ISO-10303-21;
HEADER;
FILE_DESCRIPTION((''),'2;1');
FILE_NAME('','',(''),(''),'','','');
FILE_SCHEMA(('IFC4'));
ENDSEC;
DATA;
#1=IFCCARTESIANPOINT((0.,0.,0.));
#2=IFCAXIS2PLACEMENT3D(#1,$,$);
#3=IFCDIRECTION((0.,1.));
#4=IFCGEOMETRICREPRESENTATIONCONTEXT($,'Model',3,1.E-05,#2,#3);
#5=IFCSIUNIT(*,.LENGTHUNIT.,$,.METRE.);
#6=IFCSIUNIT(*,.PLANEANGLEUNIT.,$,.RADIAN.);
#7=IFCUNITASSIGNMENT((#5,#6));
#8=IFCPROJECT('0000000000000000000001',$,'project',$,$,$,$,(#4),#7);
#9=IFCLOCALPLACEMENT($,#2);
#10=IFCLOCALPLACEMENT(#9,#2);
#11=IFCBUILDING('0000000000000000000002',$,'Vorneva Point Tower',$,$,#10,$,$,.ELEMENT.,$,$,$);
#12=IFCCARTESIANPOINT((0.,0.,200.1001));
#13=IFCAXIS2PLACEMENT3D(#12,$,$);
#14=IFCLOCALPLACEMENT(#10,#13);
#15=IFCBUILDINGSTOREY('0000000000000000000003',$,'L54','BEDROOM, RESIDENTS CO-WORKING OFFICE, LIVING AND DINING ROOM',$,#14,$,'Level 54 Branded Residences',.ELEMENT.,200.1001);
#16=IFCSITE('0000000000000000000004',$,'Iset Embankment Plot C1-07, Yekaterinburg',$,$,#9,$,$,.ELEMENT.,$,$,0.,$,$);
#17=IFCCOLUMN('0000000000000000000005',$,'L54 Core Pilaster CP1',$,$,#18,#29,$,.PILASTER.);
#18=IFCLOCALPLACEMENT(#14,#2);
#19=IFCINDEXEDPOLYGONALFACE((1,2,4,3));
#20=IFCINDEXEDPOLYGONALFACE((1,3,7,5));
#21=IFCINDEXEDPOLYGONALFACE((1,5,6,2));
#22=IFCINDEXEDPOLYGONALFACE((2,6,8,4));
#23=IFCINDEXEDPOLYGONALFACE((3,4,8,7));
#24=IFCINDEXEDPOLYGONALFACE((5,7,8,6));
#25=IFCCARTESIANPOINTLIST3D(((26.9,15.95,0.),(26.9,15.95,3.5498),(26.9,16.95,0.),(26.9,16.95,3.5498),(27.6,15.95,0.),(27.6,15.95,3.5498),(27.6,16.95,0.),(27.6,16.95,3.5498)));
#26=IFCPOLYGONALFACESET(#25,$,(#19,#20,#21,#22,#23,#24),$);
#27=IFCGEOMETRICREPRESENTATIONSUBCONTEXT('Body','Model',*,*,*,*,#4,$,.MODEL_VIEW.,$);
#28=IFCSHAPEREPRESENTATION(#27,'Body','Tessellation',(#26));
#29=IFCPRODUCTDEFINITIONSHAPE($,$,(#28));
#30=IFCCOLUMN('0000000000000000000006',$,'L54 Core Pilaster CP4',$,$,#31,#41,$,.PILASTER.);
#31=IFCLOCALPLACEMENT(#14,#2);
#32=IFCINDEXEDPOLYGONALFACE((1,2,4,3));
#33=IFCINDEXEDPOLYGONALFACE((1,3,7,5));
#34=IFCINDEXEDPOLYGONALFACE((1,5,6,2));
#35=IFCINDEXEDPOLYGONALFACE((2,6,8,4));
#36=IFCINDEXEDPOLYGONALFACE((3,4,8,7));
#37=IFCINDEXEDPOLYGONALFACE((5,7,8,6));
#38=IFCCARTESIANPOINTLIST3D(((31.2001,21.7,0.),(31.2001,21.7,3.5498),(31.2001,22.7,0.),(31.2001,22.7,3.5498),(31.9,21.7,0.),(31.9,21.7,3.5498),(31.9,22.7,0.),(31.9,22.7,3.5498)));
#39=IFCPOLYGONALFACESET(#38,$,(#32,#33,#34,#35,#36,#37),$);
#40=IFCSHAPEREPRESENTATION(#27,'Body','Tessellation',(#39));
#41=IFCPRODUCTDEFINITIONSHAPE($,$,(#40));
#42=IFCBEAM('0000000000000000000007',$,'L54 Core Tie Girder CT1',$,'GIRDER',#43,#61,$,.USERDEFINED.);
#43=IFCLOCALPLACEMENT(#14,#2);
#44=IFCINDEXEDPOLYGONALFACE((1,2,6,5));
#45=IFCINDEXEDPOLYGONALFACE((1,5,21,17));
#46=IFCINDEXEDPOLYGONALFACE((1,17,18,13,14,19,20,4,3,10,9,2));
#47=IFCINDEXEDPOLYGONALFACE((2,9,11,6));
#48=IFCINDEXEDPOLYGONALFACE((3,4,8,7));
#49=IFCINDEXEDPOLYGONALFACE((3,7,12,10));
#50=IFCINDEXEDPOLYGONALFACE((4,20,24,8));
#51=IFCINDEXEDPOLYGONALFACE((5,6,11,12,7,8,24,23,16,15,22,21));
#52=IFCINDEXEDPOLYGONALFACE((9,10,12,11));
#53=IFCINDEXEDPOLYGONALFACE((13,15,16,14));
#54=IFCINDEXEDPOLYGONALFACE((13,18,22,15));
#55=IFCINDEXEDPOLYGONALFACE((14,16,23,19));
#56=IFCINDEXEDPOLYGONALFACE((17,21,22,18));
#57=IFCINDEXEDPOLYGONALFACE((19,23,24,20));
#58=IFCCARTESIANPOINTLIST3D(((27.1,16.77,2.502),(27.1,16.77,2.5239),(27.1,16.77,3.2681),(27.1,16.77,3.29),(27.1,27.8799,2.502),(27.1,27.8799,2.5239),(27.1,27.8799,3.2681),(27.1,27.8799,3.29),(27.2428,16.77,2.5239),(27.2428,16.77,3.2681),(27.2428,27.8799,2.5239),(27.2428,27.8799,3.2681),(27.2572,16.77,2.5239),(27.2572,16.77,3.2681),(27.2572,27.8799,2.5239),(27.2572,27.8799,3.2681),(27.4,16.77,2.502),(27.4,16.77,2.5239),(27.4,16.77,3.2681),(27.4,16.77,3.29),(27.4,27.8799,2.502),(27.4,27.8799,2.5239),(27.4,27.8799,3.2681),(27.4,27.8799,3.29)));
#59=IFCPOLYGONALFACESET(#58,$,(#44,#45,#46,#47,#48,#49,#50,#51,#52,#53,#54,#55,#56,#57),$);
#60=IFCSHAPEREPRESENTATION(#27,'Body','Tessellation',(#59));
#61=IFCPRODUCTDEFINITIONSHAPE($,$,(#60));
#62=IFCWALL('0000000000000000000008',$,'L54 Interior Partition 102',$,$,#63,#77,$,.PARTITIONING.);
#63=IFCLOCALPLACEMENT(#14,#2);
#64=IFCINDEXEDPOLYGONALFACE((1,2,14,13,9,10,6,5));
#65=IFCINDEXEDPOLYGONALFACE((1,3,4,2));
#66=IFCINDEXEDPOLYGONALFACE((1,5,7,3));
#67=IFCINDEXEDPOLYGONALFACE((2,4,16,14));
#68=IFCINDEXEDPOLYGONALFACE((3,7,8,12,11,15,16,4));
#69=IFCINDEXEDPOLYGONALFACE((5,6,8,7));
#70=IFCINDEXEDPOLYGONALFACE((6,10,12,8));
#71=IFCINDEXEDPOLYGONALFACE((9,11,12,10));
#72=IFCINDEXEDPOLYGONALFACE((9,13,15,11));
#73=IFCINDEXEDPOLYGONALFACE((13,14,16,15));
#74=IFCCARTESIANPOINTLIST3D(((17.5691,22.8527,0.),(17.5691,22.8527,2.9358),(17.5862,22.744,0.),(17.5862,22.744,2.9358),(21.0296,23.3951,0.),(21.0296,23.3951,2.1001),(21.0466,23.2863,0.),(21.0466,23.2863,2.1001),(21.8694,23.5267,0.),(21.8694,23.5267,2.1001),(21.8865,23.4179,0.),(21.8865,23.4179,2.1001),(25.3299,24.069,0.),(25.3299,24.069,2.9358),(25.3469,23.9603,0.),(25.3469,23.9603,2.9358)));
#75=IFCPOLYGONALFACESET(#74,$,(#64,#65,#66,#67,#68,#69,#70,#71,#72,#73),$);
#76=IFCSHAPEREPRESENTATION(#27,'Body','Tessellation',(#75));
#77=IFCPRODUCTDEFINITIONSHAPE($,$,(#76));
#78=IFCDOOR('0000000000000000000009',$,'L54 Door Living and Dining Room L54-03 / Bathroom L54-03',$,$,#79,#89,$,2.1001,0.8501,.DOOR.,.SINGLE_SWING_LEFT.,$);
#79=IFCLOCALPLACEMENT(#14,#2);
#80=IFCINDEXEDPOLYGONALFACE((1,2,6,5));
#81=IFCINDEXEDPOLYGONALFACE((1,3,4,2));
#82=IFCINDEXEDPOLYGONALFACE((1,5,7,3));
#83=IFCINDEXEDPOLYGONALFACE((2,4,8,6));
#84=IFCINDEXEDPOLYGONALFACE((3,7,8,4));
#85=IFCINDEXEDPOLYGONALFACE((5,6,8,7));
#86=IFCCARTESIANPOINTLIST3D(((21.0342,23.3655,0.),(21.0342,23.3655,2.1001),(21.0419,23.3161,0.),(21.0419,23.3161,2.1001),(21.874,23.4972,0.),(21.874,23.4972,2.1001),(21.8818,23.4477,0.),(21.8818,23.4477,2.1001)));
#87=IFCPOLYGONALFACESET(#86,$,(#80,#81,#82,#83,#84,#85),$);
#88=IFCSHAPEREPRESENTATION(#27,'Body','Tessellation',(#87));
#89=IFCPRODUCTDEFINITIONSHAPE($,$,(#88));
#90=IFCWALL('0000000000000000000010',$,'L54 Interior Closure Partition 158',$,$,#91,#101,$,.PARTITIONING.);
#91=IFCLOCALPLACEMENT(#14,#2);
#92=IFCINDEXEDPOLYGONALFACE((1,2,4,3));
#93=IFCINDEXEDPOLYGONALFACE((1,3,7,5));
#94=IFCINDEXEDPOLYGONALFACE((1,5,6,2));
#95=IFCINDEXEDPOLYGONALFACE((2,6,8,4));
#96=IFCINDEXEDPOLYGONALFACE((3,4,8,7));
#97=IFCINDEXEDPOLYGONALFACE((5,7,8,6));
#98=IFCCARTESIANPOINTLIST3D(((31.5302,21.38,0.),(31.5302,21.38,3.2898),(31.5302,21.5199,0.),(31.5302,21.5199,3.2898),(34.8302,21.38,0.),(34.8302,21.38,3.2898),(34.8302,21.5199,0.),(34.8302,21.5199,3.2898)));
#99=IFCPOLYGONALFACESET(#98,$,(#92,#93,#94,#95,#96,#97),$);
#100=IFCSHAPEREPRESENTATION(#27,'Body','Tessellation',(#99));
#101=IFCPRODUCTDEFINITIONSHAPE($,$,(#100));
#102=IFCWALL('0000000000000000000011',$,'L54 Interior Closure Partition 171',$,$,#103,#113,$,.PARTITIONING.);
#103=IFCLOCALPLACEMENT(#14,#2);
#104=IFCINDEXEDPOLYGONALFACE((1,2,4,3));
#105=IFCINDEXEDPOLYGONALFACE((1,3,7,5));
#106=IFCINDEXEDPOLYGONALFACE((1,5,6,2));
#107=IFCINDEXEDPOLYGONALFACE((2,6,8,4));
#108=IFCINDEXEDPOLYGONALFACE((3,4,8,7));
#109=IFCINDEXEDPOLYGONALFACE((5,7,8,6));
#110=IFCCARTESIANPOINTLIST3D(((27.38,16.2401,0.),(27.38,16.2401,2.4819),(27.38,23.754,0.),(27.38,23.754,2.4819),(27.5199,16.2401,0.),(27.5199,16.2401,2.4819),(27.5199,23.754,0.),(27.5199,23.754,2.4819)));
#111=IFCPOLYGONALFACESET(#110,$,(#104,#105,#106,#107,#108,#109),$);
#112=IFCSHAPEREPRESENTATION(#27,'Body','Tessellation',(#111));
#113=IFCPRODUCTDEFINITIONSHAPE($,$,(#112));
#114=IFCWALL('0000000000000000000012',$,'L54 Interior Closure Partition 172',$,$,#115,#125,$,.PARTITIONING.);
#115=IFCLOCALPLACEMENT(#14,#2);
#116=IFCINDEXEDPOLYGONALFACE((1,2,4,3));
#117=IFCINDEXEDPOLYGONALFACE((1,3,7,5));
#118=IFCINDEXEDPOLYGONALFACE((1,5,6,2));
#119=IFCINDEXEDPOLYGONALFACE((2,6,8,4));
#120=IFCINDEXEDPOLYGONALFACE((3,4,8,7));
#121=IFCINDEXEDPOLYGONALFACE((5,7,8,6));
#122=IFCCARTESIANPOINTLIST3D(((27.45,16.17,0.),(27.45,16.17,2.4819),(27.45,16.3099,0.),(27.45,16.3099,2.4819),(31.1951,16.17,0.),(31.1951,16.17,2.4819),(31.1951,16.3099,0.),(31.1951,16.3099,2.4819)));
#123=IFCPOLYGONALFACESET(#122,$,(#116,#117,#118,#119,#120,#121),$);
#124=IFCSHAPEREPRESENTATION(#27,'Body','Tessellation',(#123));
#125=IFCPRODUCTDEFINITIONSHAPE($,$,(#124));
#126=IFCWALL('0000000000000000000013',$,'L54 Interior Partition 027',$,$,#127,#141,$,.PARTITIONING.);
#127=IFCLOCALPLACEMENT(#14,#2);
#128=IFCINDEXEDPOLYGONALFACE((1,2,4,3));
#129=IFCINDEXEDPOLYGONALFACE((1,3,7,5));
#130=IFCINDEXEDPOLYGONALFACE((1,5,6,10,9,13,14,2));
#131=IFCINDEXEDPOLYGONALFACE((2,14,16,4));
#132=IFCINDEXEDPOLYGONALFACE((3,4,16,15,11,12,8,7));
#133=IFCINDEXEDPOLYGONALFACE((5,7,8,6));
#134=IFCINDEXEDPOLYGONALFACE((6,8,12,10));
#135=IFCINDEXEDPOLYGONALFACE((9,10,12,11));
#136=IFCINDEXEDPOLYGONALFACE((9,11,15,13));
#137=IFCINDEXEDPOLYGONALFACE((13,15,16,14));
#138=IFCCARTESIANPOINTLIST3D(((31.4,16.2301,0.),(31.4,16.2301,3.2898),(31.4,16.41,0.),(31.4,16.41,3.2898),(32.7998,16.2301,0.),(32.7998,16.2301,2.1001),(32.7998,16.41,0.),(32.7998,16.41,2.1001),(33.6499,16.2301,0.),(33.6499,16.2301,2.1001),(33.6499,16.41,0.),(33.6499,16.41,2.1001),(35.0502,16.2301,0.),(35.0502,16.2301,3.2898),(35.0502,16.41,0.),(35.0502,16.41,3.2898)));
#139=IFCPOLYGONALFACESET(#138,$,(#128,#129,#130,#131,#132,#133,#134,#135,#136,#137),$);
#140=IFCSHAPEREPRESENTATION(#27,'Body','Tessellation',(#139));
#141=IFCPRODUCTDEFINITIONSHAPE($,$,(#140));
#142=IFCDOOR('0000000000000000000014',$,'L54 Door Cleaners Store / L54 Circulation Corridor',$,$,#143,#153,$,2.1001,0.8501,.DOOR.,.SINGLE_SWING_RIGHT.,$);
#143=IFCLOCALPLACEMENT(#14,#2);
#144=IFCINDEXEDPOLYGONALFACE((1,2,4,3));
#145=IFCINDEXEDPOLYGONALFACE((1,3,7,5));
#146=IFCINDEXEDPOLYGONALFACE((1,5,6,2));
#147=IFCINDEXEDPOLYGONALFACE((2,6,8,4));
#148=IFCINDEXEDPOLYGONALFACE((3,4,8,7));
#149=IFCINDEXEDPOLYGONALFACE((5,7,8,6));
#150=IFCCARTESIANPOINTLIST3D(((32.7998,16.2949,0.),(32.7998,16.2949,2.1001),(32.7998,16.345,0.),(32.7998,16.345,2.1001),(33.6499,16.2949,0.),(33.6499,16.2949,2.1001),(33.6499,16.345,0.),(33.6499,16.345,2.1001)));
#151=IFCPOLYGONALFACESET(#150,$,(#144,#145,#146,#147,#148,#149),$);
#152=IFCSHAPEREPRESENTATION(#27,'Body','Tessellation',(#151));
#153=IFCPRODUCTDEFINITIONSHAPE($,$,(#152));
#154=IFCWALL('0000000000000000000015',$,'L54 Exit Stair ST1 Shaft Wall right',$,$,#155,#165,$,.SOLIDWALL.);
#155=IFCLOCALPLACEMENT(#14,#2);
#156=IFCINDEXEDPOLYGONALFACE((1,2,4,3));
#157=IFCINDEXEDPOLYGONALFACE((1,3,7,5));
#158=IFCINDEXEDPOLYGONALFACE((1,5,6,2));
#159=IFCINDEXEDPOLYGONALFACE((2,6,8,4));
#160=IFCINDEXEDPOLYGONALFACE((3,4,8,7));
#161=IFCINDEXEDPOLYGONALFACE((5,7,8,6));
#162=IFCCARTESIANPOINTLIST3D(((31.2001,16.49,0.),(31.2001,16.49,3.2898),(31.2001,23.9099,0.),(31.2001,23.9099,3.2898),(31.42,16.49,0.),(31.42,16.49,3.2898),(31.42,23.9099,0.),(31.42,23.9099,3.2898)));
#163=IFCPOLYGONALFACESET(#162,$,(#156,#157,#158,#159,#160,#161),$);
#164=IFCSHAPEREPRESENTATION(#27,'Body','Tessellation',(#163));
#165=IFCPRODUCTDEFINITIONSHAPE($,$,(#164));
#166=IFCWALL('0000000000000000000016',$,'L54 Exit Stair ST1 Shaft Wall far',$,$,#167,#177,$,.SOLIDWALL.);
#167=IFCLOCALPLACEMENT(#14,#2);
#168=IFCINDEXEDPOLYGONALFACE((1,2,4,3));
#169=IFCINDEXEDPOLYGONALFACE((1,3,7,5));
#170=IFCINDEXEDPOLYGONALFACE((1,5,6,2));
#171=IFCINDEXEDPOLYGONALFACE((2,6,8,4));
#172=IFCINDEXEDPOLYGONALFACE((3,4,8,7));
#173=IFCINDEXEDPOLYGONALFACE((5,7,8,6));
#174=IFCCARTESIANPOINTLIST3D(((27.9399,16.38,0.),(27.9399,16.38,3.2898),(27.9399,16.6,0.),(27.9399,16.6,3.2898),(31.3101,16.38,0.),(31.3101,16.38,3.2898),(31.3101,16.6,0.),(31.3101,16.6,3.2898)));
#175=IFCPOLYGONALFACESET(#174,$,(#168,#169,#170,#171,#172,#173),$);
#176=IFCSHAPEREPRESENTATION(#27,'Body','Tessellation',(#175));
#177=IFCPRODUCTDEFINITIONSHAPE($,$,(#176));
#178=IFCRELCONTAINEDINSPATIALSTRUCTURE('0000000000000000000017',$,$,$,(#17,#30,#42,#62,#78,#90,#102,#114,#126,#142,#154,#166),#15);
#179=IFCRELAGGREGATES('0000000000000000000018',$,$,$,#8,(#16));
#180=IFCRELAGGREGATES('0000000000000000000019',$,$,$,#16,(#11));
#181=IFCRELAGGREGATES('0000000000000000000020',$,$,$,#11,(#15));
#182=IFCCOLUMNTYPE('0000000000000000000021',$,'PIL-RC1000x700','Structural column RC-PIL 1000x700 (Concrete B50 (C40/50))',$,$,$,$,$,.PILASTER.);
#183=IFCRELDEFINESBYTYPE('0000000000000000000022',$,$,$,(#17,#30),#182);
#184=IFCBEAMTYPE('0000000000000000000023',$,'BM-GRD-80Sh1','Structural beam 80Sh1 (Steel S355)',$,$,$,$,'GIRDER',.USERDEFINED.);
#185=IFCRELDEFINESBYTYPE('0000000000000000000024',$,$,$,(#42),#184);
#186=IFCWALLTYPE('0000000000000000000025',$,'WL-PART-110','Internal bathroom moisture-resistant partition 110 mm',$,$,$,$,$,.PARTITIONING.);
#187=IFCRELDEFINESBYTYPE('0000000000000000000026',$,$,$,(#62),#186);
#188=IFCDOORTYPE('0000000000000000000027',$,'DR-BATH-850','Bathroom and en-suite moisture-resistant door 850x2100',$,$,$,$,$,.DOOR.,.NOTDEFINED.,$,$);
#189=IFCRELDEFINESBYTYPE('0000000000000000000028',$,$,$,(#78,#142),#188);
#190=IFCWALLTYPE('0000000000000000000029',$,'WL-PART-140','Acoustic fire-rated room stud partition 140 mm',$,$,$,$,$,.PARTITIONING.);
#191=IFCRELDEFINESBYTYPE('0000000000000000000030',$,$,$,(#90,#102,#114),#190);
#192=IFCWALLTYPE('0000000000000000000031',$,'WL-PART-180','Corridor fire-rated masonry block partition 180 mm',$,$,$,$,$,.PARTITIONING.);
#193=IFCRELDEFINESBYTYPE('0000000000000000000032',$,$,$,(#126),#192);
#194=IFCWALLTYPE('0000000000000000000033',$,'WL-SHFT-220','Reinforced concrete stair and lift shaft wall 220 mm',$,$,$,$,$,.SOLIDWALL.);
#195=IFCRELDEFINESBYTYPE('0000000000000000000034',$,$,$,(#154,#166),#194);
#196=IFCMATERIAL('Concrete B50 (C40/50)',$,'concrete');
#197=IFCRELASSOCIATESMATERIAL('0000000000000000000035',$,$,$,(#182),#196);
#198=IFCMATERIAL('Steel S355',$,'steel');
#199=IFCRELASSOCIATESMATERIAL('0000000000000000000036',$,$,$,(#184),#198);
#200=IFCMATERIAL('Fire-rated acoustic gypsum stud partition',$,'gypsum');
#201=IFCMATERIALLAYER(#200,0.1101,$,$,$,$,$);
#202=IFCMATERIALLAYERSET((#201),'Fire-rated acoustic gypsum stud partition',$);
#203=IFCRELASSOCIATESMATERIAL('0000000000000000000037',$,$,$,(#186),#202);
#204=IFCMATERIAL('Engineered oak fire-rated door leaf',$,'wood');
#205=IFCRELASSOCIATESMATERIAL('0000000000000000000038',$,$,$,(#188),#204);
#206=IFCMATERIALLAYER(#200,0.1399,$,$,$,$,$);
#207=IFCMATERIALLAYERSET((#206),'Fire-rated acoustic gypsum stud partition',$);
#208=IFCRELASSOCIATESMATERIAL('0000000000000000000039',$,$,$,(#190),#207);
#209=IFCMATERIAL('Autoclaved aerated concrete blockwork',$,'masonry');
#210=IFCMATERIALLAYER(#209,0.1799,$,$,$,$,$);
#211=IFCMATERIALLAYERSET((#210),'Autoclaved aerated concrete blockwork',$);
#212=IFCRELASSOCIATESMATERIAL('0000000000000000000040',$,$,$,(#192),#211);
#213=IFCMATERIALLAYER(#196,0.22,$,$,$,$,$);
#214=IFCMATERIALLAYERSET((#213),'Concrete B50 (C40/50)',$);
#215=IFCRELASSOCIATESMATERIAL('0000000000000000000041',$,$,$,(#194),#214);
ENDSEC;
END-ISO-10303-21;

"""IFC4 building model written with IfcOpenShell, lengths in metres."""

from ifc_helpers import new_model, si_unit, direction, frame, frame_2d, origin, origin_2d, place, context, subcontext, project, spatial, rectangle, i_section, extrude, material, layer, layer_set, material_profile, profile_set, type_object, element, fill, save


model = new_model("IFC4")

# Units and contexts
model_context = context("Model", 3, precision=1e-05, world=origin(), true_north=direction((0.0, 1.0)))
body_context = subcontext(model_context, "Body", "Model", "MODEL_VIEW")
ifc_project = project(units=[si_unit("LENGTHUNIT", "METRE"), si_unit("PLANEANGLEUNIT", "RADIAN")], contexts=[model_context])

# Site, building, storey
site_placement = place(None, origin())
site = spatial("IfcSite", under=ifc_project, at=site_placement, Name="Iset Embankment Plot C1-07, Yekaterinburg", CompositionType="ELEMENT", RefElevation=0.0)
building_placement = place(site_placement, origin())
building = spatial("IfcBuilding", under=site, at=building_placement, Name="Vorneva Point Tower", CompositionType="ELEMENT")
storey_placement = place(building_placement, frame((0.0, 0.0, 200.1001)))
storey = spatial("IfcBuildingStorey", under=building, at=storey_placement, Name="L54", Description="BEDROOM, RESIDENTS CO-WORKING OFFICE, LIVING AND DINING ROOM", LongName="Level 54 Branded Residences", CompositionType="ELEMENT", Elevation=200.1001)

# Columns
ifc_material_1 = material(Name="Concrete B50 (C40/50)", Category="concrete")
ifc_material_profile_1 = material_profile(ifc_material_1, rectangle(XDim=0.7, YDim=1.0, at=origin_2d()), Name="RC-PIL 1000x700")
ifc_profile_set_1 = profile_set([ifc_material_profile_1], Name="Concrete B50 (C40/50)")
column_type = type_object("IfcColumnType", Name="PIL-RC1000x700", Description="Structural column RC-PIL 1000x700 (Concrete B50 (C40/50))", PredefinedType="PILASTER", material=ifc_profile_set_1)
for number, where, z_axis, x_axis, name in (
    (1, (27.25, 16.45, 0.0), (0.0, 0.0, 1.0), (1.0, 0.0, 0.0), "L54 Core Pilaster CP1"),
    (2, (31.55, 22.2, 0.0), (0.0, 0.0, 1.0), (1.0, 0.0, 0.0), "L54 Core Pilaster CP4"),
):
    element("IfcColumn", number, at=place(storey_placement, frame(where, z_axis=z_axis, x_axis=x_axis)), inside=storey, type_object=column_type, Name=name, PredefinedType="PILASTER", context=body_context, shape_type="SweptSolid", body=[
        extrude(rectangle(XDim=0.7, YDim=1.0, at=origin_2d()), origin(), (0.0, 0.0, 1.0), 3.5498),
    ])

# Beam
ifc_material_2 = material(Name="Steel S355", Category="steel")
ifc_material_profile_2 = material_profile(ifc_material_2, i_section(OverallWidth=0.3, OverallDepth=0.7881, WebThickness=0.0144, FlangeThickness=0.022, at=origin_2d()), Name="80Sh1")
ifc_profile_set_2 = profile_set([ifc_material_profile_2], Name="Steel S355")
beam_type = type_object("IfcBeamType", Name="BM-GRD-80Sh1", Description="Structural beam 80Sh1 (Steel S355)", ElementType="GIRDER", PredefinedType="USERDEFINED", material=ifc_profile_set_2)
beam_placement = place(storey_placement, frame((27.25, 16.77, 2.896), z_axis=(0.0, 1.0, 0.0), x_axis=(-1.0, 0.0, 0.0)))
element("IfcBeam", 3, at=beam_placement, inside=storey, type_object=beam_type, Name="L54 Core Tie Girder CT1", ObjectType="GIRDER", PredefinedType="USERDEFINED", context=body_context, shape_type="SweptSolid", body=[
    extrude(i_section(OverallWidth=0.3, OverallDepth=0.7881, WebThickness=0.0144, FlangeThickness=0.022, at=origin_2d()), origin(), (0.0, 0.0, 1.0), 11.1099),
])

# Wall, opening, door
ifc_material_3 = material(Name="Fire-rated acoustic gypsum stud partition", Category="gypsum")
ifc_layer_1 = layer(ifc_material_3, 0.1101)
ifc_layer_set_1 = layer_set([ifc_layer_1], Name="Fire-rated acoustic gypsum stud partition")
wall_type_1 = type_object("IfcWallType", Name="WL-PART-110", Description="Internal bathroom moisture-resistant partition 110 mm", PredefinedType="PARTITIONING", material=ifc_layer_set_1)
wall_1_placement = place(storey_placement, frame((25.3384, 24.0146, 0.0), z_axis=(0.0, 0.0, 1.0), x_axis=(-0.98794, -0.154836, 0.0)))
wall_1 = element("IfcWall", 4, at=wall_1_placement, inside=storey, type_object=wall_type_1, Name="L54 Interior Partition 102", PredefinedType="PARTITIONING", context=body_context, shape_type="SweptSolid", body=[
    extrude(rectangle(XDim=7.8555, YDim=0.1101, at=frame_2d((3.9277, 0.0))), origin(), (0.0, 0.0, 1.0), 2.9358),
])
opening_1_placement = place(wall_1_placement, frame((3.5027, 0.0, 0.0)))
opening_1 = element("IfcOpeningElement", 5, at=opening_1_placement, cuts=wall_1, PredefinedType="OPENING", context=body_context, shape_type="SweptSolid", body=[
    extrude(rectangle(XDim=0.8501, YDim=2.1001, at=frame_2d((0.425, 1.05))), frame((0.0, 0.0698, 0.0), z_axis=(0.0, -1.0, 0.0), x_axis=(1.0, 0.0, 0.0)), (0.0, 0.0, 1.0), 0.1399),
])
ifc_material_4 = material(Name="Engineered oak fire-rated door leaf", Category="wood")
door_type_1 = type_object("IfcDoorType", Name="DR-BATH-850", Description="Bathroom and en-suite moisture-resistant door 850x2100", OperationType="NOTDEFINED", PredefinedType="DOOR", material=ifc_material_4)
door_1_placement = place(opening_1_placement, origin())
door_1 = element("IfcDoor", 6, at=door_1_placement, inside=storey, type_object=door_type_1, Name="L54 Door Living and Dining Room L54-03 / Bathroom L54-03", OperationType="SINGLE_SWING_LEFT", OverallHeight=2.1001, OverallWidth=0.8501, PredefinedType="DOOR", context=body_context, shape_type="SweptSolid", body=[
    extrude(rectangle(XDim=0.8501, YDim=2.1001, at=frame_2d((0.425, 1.05))), frame((0.0, 0.0249, 0.0), z_axis=(0.0, -1.0, 0.0), x_axis=(1.0, 0.0, 0.0)), (0.0, 0.0, 1.0), 0.05),
])
fill(opening_1, door_1)

# Walls
ifc_layer_2 = layer(ifc_material_3, 0.1399)
ifc_layer_set_2 = layer_set([ifc_layer_2], Name="Fire-rated acoustic gypsum stud partition")
wall_type_2 = type_object("IfcWallType", Name="WL-PART-140", Description="Acoustic fire-rated room stud partition 140 mm", PredefinedType="PARTITIONING", material=ifc_layer_set_2)
wall_2_placement = place(storey_placement, frame((34.8301, 21.45, 0.0), z_axis=(0.0, 0.0, 1.0), x_axis=(-1.0, 0.0, 0.0)))
element("IfcWall", 7, at=wall_2_placement, inside=storey, type_object=wall_type_2, Name="L54 Interior Closure Partition 158", PredefinedType="PARTITIONING", context=body_context, shape_type="SweptSolid", body=[
    extrude(rectangle(XDim=3.3, YDim=0.1399, at=frame_2d((1.6499, 0.0))), origin(), (0.0, 0.0, 1.0), 3.2898),
])
wall_3_placement = place(storey_placement, frame((27.45, 23.7539, 0.0), z_axis=(0.0, 0.0, 1.0), x_axis=(0.0, -1.0, 0.0)))
element("IfcWall", 8, at=wall_3_placement, inside=storey, type_object=wall_type_2, Name="L54 Interior Closure Partition 171", PredefinedType="PARTITIONING", context=body_context, shape_type="SweptSolid", body=[
    extrude(rectangle(XDim=7.5139, YDim=0.1399, at=frame_2d((3.7568, 0.0))), origin(), (0.0, 0.0, 1.0), 2.4819),
])
wall_4_placement = place(storey_placement, frame((27.45, 16.24, 0.0), z_axis=(0.0, 0.0, 1.0), x_axis=(1.0, 0.0, 0.0)))
element("IfcWall", 9, at=wall_4_placement, inside=storey, type_object=wall_type_2, Name="L54 Interior Closure Partition 172", PredefinedType="PARTITIONING", context=body_context, shape_type="SweptSolid", body=[
    extrude(rectangle(XDim=3.7451, YDim=0.1399, at=frame_2d((1.8726, 0.0))), origin(), (0.0, 0.0, 1.0), 2.4819),
])

# Wall, opening, door
ifc_material_5 = material(Name="Autoclaved aerated concrete blockwork", Category="masonry")
ifc_layer_3 = layer(ifc_material_5, 0.1799)
ifc_layer_set_3 = layer_set([ifc_layer_3], Name="Autoclaved aerated concrete blockwork")
wall_type_3 = type_object("IfcWallType", Name="WL-PART-180", Description="Corridor fire-rated masonry block partition 180 mm", PredefinedType="PARTITIONING", material=ifc_layer_set_3)
wall_5_placement = place(storey_placement, frame((31.3999, 16.3201, 0.0), z_axis=(0.0, 0.0, 1.0), x_axis=(1.0, 0.0, 0.0)))
wall_5 = element("IfcWall", 10, at=wall_5_placement, inside=storey, type_object=wall_type_3, Name="L54 Interior Partition 027", PredefinedType="PARTITIONING", context=body_context, shape_type="SweptSolid", body=[
    extrude(rectangle(XDim=3.6501, YDim=0.1799, at=frame_2d((1.8252, 0.0))), origin(), (0.0, 0.0, 1.0), 3.2898),
])
opening_2_placement = place(wall_5_placement, frame((1.3999, 0.0, 0.0)))
opening_2 = element("IfcOpeningElement", 11, at=opening_2_placement, cuts=wall_5, PredefinedType="OPENING", context=body_context, shape_type="SweptSolid", body=[
    extrude(rectangle(XDim=0.8501, YDim=2.1001, at=frame_2d((0.425, 1.05))), frame((0.0, 0.105, 0.0), z_axis=(0.0, -1.0, 0.0), x_axis=(1.0, 0.0, 0.0)), (0.0, 0.0, 1.0), 0.2097),
])
door_2_placement = place(opening_2_placement, origin())
door_2 = element("IfcDoor", 12, at=door_2_placement, inside=storey, type_object=door_type_1, Name="L54 Door Cleaners Store / L54 Circulation Corridor", OperationType="SINGLE_SWING_RIGHT", OverallHeight=2.1001, OverallWidth=0.8501, PredefinedType="DOOR", context=body_context, shape_type="SweptSolid", body=[
    extrude(rectangle(XDim=0.8501, YDim=2.1001, at=frame_2d((0.425, 1.05))), frame((0.0, 0.0249, 0.0), z_axis=(0.0, -1.0, 0.0), x_axis=(1.0, 0.0, 0.0)), (0.0, 0.0, 1.0), 0.05),
])
fill(opening_2, door_2)
ifc_layer_4 = layer(ifc_material_1, 0.22)
ifc_layer_set_4 = layer_set([ifc_layer_4], Name="Concrete B50 (C40/50)")
wall_type_4 = type_object("IfcWallType", Name="WL-SHFT-220", Description="Reinforced concrete stair and lift shaft wall 220 mm", PredefinedType="SOLIDWALL", material=ifc_layer_set_4)

# Walls
wall_6_placement = place(storey_placement, frame((31.3101, 23.9099, 0.0), z_axis=(0.0, 0.0, 1.0), x_axis=(0.0, -1.0, 0.0)))
element("IfcWall", 13, at=wall_6_placement, inside=storey, type_object=wall_type_4, Name="L54 Exit Stair ST1 Shaft Wall right", PredefinedType="SOLIDWALL", context=body_context, shape_type="SweptSolid", body=[
    extrude(rectangle(XDim=7.4199, YDim=0.22, at=frame_2d((3.71, 0.0))), origin(), (0.0, 0.0, 1.0), 3.2898),
])
wall_7_placement = place(storey_placement, frame((31.3101, 16.49, 0.0), z_axis=(0.0, 0.0, 1.0), x_axis=(-1.0, 0.0, 0.0)))
element("IfcWall", 14, at=wall_7_placement, inside=storey, type_object=wall_type_4, Name="L54 Exit Stair ST1 Shaft Wall far", PredefinedType="SOLIDWALL", context=body_context, shape_type="SweptSolid", body=[
    extrude(rectangle(XDim=3.3701, YDim=0.22, at=frame_2d((1.6851, 0.0))), origin(), (0.0, 0.0, 1.0), 3.2898),
])

save(model, "model.ifc")
